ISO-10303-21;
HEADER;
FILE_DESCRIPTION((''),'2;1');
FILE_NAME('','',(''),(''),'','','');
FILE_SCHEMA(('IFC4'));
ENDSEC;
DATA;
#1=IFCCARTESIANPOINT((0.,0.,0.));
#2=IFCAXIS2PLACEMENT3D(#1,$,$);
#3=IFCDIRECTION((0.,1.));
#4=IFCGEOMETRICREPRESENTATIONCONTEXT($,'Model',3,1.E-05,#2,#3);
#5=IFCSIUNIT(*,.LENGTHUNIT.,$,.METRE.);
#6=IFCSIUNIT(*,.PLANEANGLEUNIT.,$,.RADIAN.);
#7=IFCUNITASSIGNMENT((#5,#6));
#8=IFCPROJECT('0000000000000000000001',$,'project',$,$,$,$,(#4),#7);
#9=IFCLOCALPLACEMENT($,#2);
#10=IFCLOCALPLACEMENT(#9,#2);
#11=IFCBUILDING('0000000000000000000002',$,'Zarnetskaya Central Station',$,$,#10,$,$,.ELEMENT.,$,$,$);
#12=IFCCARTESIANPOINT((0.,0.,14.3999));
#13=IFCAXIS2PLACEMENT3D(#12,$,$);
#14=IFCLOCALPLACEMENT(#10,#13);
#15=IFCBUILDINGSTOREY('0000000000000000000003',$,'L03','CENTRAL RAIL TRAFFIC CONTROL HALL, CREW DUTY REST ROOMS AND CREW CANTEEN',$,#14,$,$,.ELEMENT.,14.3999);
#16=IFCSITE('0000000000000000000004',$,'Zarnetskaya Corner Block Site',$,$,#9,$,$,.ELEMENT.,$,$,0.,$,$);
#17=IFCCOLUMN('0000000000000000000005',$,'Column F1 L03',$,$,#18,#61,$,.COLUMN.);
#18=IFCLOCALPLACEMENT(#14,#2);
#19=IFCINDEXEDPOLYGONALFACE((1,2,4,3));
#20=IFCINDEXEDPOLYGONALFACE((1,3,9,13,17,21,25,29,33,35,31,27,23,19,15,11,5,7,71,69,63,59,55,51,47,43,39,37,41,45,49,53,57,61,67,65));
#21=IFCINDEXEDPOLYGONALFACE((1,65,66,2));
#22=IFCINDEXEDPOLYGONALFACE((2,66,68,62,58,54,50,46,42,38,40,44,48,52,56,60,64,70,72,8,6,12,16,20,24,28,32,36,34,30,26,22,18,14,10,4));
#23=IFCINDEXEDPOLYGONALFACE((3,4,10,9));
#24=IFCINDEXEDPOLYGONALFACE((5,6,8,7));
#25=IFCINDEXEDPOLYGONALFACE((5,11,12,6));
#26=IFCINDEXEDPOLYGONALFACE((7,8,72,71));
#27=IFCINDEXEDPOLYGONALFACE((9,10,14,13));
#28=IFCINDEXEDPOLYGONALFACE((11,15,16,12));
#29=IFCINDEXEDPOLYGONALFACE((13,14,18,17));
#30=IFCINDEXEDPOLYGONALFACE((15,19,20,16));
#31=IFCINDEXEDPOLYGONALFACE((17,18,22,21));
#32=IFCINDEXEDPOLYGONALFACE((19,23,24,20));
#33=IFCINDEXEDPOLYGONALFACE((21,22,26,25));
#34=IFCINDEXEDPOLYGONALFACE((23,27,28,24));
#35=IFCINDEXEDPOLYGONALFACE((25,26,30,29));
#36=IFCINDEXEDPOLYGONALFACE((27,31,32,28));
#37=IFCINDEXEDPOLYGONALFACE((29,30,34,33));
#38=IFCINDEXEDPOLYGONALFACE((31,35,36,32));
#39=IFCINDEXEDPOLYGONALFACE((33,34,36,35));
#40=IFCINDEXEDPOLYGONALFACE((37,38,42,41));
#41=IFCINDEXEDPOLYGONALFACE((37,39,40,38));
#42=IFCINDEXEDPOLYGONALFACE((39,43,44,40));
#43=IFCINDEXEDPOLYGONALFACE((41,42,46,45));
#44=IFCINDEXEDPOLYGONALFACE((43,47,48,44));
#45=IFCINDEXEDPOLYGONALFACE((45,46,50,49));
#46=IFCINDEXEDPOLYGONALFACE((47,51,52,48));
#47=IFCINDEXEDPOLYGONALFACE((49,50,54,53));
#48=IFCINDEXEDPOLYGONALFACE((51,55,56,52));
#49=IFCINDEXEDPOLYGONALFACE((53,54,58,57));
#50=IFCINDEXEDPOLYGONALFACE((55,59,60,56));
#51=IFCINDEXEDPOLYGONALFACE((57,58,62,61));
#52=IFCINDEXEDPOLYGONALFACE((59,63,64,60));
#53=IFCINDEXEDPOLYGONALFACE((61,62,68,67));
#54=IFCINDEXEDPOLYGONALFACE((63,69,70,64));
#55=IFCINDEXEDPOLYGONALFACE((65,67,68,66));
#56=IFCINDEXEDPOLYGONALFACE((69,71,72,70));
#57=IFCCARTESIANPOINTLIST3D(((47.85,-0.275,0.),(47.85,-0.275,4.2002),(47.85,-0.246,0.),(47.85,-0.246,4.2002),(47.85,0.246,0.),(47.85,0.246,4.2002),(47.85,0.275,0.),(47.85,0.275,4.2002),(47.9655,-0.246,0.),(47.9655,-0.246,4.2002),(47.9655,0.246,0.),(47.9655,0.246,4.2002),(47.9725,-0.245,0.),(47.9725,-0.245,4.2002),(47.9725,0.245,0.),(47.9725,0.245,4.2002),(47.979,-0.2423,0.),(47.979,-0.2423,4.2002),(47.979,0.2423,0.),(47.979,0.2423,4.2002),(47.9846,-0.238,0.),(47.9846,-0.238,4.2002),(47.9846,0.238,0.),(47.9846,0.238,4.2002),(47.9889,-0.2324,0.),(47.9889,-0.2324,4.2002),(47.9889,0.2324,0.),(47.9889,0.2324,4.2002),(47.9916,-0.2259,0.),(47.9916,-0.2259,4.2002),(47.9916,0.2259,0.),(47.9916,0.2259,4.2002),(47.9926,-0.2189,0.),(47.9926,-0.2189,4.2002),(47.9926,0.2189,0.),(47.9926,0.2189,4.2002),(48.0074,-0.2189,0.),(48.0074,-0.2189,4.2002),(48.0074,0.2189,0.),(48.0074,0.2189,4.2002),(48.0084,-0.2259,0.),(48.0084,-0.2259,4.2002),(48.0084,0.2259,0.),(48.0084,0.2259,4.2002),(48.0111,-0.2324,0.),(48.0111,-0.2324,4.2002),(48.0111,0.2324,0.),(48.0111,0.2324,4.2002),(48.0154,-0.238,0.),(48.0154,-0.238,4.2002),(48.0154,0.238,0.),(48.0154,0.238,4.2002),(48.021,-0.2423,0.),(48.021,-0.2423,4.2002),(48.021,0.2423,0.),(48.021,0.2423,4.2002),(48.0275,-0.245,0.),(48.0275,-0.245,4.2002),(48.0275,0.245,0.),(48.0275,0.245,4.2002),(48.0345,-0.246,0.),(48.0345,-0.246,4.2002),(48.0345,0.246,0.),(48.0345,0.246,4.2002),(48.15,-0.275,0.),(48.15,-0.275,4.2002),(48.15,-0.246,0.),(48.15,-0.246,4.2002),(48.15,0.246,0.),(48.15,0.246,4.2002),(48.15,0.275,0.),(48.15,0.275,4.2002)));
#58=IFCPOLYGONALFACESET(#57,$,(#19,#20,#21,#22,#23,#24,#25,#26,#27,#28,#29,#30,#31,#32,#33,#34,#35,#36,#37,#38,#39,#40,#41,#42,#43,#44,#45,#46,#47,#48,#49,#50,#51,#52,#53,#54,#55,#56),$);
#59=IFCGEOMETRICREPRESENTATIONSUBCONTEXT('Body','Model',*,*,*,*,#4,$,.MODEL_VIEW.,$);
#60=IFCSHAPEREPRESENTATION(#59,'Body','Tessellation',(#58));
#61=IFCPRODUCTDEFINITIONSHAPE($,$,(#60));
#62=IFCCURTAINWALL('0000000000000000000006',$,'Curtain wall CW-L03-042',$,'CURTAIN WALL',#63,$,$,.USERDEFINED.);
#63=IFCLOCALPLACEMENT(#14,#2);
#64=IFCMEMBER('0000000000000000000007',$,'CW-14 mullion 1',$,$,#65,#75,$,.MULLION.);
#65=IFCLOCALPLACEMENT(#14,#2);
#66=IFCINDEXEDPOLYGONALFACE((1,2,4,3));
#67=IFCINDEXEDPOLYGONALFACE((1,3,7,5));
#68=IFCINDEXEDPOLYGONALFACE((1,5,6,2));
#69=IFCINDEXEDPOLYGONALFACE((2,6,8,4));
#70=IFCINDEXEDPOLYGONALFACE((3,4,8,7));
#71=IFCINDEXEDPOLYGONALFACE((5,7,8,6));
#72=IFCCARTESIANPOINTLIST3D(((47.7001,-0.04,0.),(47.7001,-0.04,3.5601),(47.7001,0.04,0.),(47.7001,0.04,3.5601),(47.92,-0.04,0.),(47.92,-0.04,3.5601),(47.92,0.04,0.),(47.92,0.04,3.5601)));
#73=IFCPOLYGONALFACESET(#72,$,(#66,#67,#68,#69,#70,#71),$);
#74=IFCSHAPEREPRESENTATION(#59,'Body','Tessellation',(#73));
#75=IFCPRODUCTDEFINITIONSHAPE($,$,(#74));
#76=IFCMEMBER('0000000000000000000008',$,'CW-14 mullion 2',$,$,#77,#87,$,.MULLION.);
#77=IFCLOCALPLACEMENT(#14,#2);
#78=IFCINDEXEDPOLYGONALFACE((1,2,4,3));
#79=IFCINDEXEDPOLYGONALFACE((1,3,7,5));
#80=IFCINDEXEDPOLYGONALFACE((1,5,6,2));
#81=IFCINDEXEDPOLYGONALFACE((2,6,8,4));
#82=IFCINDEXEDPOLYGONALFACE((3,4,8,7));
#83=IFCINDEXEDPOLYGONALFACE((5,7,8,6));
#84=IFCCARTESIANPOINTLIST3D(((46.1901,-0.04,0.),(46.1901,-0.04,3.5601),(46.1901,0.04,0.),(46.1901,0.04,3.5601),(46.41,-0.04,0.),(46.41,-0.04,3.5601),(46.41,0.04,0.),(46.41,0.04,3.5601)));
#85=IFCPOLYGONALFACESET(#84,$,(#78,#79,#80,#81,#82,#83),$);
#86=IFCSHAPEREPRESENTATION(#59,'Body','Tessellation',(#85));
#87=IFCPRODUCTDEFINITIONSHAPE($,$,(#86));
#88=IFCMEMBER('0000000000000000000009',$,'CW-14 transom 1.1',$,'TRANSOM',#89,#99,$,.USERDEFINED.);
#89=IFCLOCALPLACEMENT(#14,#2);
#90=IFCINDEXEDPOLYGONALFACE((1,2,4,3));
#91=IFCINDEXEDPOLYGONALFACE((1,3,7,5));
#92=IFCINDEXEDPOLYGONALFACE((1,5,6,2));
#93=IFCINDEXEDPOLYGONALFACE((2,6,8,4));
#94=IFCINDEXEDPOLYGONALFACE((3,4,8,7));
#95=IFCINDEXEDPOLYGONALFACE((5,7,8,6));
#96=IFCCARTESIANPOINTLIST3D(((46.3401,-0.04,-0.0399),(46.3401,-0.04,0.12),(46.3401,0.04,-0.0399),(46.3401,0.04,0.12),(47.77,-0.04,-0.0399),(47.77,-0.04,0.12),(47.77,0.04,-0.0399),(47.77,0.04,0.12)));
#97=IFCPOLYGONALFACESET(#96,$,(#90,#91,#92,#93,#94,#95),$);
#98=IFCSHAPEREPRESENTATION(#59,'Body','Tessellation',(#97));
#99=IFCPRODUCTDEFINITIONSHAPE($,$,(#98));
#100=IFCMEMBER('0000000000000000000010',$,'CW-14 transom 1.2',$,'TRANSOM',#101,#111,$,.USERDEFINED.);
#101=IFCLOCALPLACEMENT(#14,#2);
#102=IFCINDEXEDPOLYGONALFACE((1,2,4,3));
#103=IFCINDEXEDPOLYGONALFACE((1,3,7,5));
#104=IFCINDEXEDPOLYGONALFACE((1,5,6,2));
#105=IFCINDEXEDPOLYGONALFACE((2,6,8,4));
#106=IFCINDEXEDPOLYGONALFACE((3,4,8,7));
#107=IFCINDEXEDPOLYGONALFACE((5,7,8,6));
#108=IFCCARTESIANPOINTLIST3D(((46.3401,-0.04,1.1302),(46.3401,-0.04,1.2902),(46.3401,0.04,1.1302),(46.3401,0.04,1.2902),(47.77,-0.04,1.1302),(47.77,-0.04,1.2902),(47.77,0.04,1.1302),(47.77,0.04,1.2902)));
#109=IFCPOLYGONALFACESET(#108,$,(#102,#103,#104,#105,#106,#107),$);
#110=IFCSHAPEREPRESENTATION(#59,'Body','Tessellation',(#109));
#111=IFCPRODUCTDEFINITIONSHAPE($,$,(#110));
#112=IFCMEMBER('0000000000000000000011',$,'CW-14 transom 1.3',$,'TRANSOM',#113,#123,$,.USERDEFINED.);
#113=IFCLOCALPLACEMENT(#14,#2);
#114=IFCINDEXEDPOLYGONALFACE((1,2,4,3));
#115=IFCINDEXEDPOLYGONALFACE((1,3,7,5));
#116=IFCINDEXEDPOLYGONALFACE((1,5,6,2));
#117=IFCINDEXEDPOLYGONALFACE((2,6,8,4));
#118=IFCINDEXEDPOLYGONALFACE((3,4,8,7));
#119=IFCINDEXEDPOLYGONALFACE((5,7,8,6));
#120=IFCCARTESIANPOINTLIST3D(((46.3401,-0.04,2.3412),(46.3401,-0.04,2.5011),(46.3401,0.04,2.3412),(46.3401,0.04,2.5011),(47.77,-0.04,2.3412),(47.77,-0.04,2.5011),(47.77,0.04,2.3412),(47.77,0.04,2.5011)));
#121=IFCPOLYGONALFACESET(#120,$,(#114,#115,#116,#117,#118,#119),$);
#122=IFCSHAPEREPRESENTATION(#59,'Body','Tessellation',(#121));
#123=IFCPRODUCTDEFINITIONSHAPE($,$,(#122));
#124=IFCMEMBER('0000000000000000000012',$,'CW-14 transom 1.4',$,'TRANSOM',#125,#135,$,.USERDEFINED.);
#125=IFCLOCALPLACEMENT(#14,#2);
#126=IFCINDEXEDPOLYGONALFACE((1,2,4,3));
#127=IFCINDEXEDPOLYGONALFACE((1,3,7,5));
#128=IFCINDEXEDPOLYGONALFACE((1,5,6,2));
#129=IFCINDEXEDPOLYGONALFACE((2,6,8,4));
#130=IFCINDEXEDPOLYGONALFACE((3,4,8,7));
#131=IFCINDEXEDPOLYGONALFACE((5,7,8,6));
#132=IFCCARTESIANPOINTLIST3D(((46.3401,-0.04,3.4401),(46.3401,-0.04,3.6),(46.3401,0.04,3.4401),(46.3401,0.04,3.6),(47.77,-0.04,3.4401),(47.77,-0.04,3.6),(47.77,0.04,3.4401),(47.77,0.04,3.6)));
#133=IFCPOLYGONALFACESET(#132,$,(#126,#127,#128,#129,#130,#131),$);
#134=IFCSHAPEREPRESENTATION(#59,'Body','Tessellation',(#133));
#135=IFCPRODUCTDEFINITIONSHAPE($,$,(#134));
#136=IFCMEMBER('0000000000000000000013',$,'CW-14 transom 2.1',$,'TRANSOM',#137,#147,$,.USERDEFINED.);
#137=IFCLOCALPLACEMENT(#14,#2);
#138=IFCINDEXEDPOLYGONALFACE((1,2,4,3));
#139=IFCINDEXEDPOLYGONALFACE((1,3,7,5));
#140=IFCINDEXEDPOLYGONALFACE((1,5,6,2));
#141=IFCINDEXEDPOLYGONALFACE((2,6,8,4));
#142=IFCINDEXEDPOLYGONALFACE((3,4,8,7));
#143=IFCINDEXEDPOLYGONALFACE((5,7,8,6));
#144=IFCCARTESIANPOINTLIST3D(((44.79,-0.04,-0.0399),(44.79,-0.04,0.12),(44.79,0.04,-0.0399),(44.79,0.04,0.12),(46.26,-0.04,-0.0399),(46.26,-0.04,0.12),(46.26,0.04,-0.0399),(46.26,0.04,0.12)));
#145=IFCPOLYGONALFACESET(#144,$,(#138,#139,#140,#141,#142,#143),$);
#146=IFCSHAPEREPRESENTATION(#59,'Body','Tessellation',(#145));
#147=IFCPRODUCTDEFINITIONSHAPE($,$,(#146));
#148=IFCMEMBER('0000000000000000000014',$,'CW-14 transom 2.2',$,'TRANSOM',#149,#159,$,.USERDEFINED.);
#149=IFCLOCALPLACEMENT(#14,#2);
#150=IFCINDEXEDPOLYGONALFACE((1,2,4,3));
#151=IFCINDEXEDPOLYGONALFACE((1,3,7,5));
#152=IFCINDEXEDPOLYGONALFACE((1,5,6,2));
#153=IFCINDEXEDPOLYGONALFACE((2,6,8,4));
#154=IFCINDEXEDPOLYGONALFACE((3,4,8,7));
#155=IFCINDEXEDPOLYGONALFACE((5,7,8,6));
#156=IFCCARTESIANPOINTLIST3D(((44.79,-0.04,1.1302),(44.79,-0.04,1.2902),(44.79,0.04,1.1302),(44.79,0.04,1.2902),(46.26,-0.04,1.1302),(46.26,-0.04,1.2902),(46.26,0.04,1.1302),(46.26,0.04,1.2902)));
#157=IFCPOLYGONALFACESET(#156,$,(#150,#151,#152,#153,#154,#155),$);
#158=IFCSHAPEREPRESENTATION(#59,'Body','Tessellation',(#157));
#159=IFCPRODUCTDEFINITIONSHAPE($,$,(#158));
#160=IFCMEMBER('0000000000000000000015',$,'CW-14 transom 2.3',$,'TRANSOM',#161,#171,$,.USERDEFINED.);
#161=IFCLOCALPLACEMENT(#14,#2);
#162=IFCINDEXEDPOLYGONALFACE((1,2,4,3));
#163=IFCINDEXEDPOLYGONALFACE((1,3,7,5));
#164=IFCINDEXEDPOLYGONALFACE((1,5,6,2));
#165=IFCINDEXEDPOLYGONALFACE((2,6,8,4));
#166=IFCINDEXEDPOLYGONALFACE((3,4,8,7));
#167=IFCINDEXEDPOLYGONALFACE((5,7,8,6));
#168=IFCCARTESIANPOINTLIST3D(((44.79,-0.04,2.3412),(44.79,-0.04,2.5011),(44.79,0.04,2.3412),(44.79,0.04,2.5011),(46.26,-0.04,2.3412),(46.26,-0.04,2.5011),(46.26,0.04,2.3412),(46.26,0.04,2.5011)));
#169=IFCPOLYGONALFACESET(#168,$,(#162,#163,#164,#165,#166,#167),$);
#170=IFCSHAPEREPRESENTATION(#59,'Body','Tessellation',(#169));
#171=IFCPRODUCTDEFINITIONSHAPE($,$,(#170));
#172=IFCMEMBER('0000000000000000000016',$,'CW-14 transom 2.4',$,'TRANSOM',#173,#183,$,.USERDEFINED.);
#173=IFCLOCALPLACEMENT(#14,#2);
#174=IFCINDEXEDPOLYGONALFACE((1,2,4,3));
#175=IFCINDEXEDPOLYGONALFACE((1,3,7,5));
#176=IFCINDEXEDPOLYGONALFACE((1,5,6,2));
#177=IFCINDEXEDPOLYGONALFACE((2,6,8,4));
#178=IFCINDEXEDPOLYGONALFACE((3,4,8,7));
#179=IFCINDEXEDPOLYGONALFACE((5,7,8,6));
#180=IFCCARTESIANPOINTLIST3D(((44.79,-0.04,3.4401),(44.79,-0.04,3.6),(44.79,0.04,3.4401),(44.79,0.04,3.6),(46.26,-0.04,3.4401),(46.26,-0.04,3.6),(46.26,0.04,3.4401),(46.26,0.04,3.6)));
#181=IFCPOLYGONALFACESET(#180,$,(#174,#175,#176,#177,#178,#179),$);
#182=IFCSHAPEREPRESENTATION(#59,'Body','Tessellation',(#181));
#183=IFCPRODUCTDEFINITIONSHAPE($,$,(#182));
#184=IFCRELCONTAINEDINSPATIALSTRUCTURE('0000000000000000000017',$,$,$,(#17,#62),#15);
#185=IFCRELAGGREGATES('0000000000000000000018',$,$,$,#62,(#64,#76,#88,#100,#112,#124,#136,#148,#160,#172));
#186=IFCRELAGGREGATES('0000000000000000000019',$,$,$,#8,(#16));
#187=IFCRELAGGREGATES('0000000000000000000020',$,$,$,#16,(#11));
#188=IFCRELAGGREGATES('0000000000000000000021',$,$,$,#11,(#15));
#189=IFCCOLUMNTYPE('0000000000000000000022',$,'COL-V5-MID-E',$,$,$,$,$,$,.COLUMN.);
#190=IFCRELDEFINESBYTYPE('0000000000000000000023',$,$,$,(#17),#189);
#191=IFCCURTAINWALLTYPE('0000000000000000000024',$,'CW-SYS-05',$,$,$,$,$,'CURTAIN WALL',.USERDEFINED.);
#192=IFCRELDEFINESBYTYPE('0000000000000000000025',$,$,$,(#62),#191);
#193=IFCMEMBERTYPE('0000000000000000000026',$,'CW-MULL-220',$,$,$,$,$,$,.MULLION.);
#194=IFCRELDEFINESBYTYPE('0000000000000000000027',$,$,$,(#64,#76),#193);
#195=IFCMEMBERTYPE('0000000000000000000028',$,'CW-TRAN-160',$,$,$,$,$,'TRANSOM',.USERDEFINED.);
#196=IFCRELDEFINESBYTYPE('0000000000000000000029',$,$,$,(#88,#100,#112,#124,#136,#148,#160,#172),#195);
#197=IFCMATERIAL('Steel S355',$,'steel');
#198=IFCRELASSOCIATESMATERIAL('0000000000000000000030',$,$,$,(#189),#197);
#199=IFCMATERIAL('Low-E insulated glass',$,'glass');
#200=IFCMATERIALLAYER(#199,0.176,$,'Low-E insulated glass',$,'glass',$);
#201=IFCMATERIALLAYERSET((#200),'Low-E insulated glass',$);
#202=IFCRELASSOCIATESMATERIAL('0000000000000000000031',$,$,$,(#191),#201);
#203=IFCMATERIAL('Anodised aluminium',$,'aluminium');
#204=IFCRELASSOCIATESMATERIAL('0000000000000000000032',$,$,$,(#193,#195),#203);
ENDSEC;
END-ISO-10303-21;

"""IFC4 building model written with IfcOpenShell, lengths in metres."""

from ifc_helpers import new_model, si_unit, direction, frame, origin, origin_2d, place, context, subcontext, project, spatial, rectangle, i_section, extrude, material, layer, layer_set, material_profile, profile_set, type_object, element, aggregate, save


model = new_model("IFC4")

# Units and contexts
model_context = context("Model", 3, precision=1e-05, world=origin(), true_north=direction((0.0, 1.0)))
body_context = subcontext(model_context, "Body", "Model", "MODEL_VIEW")
ifc_project = project(units=[si_unit("LENGTHUNIT", "METRE"), si_unit("PLANEANGLEUNIT", "RADIAN")], contexts=[model_context])

# Site, building, storey
site_placement = place(None, origin())
site = spatial("IfcSite", under=ifc_project, at=site_placement, Name="Zarnetskaya Corner Block Site", CompositionType="ELEMENT", RefElevation=0.0)
building_placement = place(site_placement, origin())
building = spatial("IfcBuilding", under=site, at=building_placement, Name="Zarnetskaya Central Station", CompositionType="ELEMENT")
storey_placement = place(building_placement, frame((0.0, 0.0, 14.3999)))
storey = spatial("IfcBuildingStorey", under=building, at=storey_placement, Name="L03", Description="CENTRAL RAIL TRAFFIC CONTROL HALL, CREW DUTY REST ROOMS AND CREW CANTEEN", CompositionType="ELEMENT", Elevation=14.3999)

# Column
ifc_material_1 = material(Name="Steel S355", Category="steel")
ifc_material_profile_1 = material_profile(ifc_material_1, i_section(OverallWidth=0.3, OverallDepth=0.55, WebThickness=0.0149, FlangeThickness=0.0291, FilletRadius=0.0271, at=origin_2d()), Name="HEB 550")
ifc_profile_set_1 = profile_set([ifc_material_profile_1], Name="Steel S355")
column_type = type_object("IfcColumnType", Name="COL-V5-MID-E", PredefinedType="COLUMN", material=ifc_profile_set_1)
column_placement = place(storey_placement, frame((48.0, 0.0, 0.0), z_axis=(0.0, 0.0, 1.0), x_axis=(1.0, 0.0, 0.0)))
element("IfcColumn", 1, at=column_placement, inside=storey, type_object=column_type, Name="Column F1 L03", PredefinedType="COLUMN", context=body_context, shape_type="SweptSolid", body=[
    extrude(i_section(OverallWidth=0.3, OverallDepth=0.55, WebThickness=0.0149, FlangeThickness=0.0291, FilletRadius=0.0271, at=origin_2d()), origin(), (0.0, 0.0, 1.0), 4.2002),
])

# Curtain wall, members
ifc_material_2 = material(Name="Low-E insulated glass", Category="glass")
ifc_layer_1 = layer(ifc_material_2, 0.176, Name="Low-E insulated glass", Category="glass")
ifc_layer_set_1 = layer_set([ifc_layer_1], Name="Low-E insulated glass")
curtain_wall_type = type_object("IfcCurtainWallType", Name="CW-SYS-05", ElementType="CURTAIN WALL", PredefinedType="USERDEFINED", material=ifc_layer_set_1)
curtain_wall_placement = place(storey_placement, origin())
curtain_wall = element("IfcCurtainWall", 2, at=curtain_wall_placement, inside=storey, type_object=curtain_wall_type, Name="Curtain wall CW-L03-042", ObjectType="CURTAIN WALL", PredefinedType="USERDEFINED")
ifc_material_3 = material(Name="Anodised aluminium", Category="aluminium")
ifc_material_profile_2 = material_profile(ifc_material_3, rectangle(XDim=0.0801, YDim=0.22, at=origin_2d()), Name="ALU MULL 80x220")
ifc_profile_set_2 = profile_set([ifc_material_profile_2], Name="Anodised aluminium")
member_type_1 = type_object("IfcMemberType", Name="CW-MULL-220", PredefinedType="MULLION", material=ifc_profile_set_2)
member_1_placement = place(storey_placement, frame((47.8101, 0.0, 0.0), z_axis=(0.0, 0.0, 1.0), x_axis=(0.0, -1.0, 0.0)))
member_1 = element("IfcMember", 3, at=member_1_placement, type_object=member_type_1, Name="CW-14 mullion 1", PredefinedType="MULLION", context=body_context, shape_type="SweptSolid", body=[
    extrude(rectangle(XDim=0.0801, YDim=0.22, at=origin_2d()), origin(), (0.0, 0.0, 1.0), 3.5601),
])
member_2_placement = place(storey_placement, frame((46.3, 0.0, 0.0), z_axis=(0.0, 0.0, 1.0), x_axis=(0.0, -1.0, 0.0)))
member_2 = element("IfcMember", 4, at=member_2_placement, type_object=member_type_1, Name="CW-14 mullion 2", PredefinedType="MULLION", context=body_context, shape_type="SweptSolid", body=[
    extrude(rectangle(XDim=0.0801, YDim=0.22, at=origin_2d()), origin(), (0.0, 0.0, 1.0), 3.5601),
])
ifc_material_profile_3 = material_profile(ifc_material_3, rectangle(XDim=0.0801, YDim=0.1599, at=origin_2d()), Name="ALU TRAN 80x160")
ifc_profile_set_3 = profile_set([ifc_material_profile_3], Name="Anodised aluminium")
member_type_2 = type_object("IfcMemberType", Name="CW-TRAN-160", ElementType="TRANSOM", PredefinedType="USERDEFINED", material=ifc_profile_set_3)
member_3_placement = place(storey_placement, frame((47.77, 0.0, 0.04), z_axis=(-1.0, 0.0, 0.0), x_axis=(0.0, -1.0, 0.0)))
member_3 = element("IfcMember", 5, at=member_3_placement, type_object=member_type_2, Name="CW-14 transom 1.1", ObjectType="TRANSOM", PredefinedType="USERDEFINED", context=body_context, shape_type="SweptSolid", body=[
    extrude(rectangle(XDim=0.0801, YDim=0.1599, at=origin_2d()), origin(), (0.0, 0.0, 1.0), 1.4299),
])
member_4_placement = place(storey_placement, frame((47.77, 0.0, 1.2102), z_axis=(-1.0, 0.0, 0.0), x_axis=(0.0, -1.0, 0.0)))
member_4 = element("IfcMember", 6, at=member_4_placement, type_object=member_type_2, Name="CW-14 transom 1.2", ObjectType="TRANSOM", PredefinedType="USERDEFINED", context=body_context, shape_type="SweptSolid", body=[
    extrude(rectangle(XDim=0.0801, YDim=0.1599, at=origin_2d()), origin(), (0.0, 0.0, 1.0), 1.4299),
])
member_5_placement = place(storey_placement, frame((47.77, 0.0, 2.4211), z_axis=(-1.0, 0.0, 0.0), x_axis=(0.0, -1.0, 0.0)))
member_5 = element("IfcMember", 7, at=member_5_placement, type_object=member_type_2, Name="CW-14 transom 1.3", ObjectType="TRANSOM", PredefinedType="USERDEFINED", context=body_context, shape_type="SweptSolid", body=[
    extrude(rectangle(XDim=0.0801, YDim=0.1599, at=origin_2d()), origin(), (0.0, 0.0, 1.0), 1.4299),
])
member_6_placement = place(storey_placement, frame((47.77, 0.0, 3.52), z_axis=(-1.0, 0.0, 0.0), x_axis=(0.0, -1.0, 0.0)))
member_6 = element("IfcMember", 8, at=member_6_placement, type_object=member_type_2, Name="CW-14 transom 1.4", ObjectType="TRANSOM", PredefinedType="USERDEFINED", context=body_context, shape_type="SweptSolid", body=[
    extrude(rectangle(XDim=0.0801, YDim=0.1599, at=origin_2d()), origin(), (0.0, 0.0, 1.0), 1.4299),
])
member_7_placement = place(storey_placement, frame((46.26, 0.0, 0.04), z_axis=(-1.0, 0.0, 0.0), x_axis=(0.0, -1.0, 0.0)))
member_7 = element("IfcMember", 9, at=member_7_placement, type_object=member_type_2, Name="CW-14 transom 2.1", ObjectType="TRANSOM", PredefinedType="USERDEFINED", context=body_context, shape_type="SweptSolid", body=[
    extrude(rectangle(XDim=0.0801, YDim=0.1599, at=origin_2d()), origin(), (0.0, 0.0, 1.0), 1.47),
])
member_8_placement = place(storey_placement, frame((46.26, 0.0, 1.2102), z_axis=(-1.0, 0.0, 0.0), x_axis=(0.0, -1.0, 0.0)))
member_8 = element("IfcMember", 10, at=member_8_placement, type_object=member_type_2, Name="CW-14 transom 2.2", ObjectType="TRANSOM", PredefinedType="USERDEFINED", context=body_context, shape_type="SweptSolid", body=[
    extrude(rectangle(XDim=0.0801, YDim=0.1599, at=origin_2d()), origin(), (0.0, 0.0, 1.0), 1.47),
])
member_9_placement = place(storey_placement, frame((46.26, 0.0, 2.4211), z_axis=(-1.0, 0.0, 0.0), x_axis=(0.0, -1.0, 0.0)))
member_9 = element("IfcMember", 11, at=member_9_placement, type_object=member_type_2, Name="CW-14 transom 2.3", ObjectType="TRANSOM", PredefinedType="USERDEFINED", context=body_context, shape_type="SweptSolid", body=[
    extrude(rectangle(XDim=0.0801, YDim=0.1599, at=origin_2d()), origin(), (0.0, 0.0, 1.0), 1.47),
])
member_10_placement = place(storey_placement, frame((46.26, 0.0, 3.52), z_axis=(-1.0, 0.0, 0.0), x_axis=(0.0, -1.0, 0.0)))
member_10 = element("IfcMember", 12, at=member_10_placement, type_object=member_type_2, Name="CW-14 transom 2.4", ObjectType="TRANSOM", PredefinedType="USERDEFINED", context=body_context, shape_type="SweptSolid", body=[
    extrude(rectangle(XDim=0.0801, YDim=0.1599, at=origin_2d()), origin(), (0.0, 0.0, 1.0), 1.47),
])

aggregate(curtain_wall, [member_1, member_2, member_3, member_4, member_5, member_6, member_7, member_8, member_9, member_10])

save(model, "model.ifc")
